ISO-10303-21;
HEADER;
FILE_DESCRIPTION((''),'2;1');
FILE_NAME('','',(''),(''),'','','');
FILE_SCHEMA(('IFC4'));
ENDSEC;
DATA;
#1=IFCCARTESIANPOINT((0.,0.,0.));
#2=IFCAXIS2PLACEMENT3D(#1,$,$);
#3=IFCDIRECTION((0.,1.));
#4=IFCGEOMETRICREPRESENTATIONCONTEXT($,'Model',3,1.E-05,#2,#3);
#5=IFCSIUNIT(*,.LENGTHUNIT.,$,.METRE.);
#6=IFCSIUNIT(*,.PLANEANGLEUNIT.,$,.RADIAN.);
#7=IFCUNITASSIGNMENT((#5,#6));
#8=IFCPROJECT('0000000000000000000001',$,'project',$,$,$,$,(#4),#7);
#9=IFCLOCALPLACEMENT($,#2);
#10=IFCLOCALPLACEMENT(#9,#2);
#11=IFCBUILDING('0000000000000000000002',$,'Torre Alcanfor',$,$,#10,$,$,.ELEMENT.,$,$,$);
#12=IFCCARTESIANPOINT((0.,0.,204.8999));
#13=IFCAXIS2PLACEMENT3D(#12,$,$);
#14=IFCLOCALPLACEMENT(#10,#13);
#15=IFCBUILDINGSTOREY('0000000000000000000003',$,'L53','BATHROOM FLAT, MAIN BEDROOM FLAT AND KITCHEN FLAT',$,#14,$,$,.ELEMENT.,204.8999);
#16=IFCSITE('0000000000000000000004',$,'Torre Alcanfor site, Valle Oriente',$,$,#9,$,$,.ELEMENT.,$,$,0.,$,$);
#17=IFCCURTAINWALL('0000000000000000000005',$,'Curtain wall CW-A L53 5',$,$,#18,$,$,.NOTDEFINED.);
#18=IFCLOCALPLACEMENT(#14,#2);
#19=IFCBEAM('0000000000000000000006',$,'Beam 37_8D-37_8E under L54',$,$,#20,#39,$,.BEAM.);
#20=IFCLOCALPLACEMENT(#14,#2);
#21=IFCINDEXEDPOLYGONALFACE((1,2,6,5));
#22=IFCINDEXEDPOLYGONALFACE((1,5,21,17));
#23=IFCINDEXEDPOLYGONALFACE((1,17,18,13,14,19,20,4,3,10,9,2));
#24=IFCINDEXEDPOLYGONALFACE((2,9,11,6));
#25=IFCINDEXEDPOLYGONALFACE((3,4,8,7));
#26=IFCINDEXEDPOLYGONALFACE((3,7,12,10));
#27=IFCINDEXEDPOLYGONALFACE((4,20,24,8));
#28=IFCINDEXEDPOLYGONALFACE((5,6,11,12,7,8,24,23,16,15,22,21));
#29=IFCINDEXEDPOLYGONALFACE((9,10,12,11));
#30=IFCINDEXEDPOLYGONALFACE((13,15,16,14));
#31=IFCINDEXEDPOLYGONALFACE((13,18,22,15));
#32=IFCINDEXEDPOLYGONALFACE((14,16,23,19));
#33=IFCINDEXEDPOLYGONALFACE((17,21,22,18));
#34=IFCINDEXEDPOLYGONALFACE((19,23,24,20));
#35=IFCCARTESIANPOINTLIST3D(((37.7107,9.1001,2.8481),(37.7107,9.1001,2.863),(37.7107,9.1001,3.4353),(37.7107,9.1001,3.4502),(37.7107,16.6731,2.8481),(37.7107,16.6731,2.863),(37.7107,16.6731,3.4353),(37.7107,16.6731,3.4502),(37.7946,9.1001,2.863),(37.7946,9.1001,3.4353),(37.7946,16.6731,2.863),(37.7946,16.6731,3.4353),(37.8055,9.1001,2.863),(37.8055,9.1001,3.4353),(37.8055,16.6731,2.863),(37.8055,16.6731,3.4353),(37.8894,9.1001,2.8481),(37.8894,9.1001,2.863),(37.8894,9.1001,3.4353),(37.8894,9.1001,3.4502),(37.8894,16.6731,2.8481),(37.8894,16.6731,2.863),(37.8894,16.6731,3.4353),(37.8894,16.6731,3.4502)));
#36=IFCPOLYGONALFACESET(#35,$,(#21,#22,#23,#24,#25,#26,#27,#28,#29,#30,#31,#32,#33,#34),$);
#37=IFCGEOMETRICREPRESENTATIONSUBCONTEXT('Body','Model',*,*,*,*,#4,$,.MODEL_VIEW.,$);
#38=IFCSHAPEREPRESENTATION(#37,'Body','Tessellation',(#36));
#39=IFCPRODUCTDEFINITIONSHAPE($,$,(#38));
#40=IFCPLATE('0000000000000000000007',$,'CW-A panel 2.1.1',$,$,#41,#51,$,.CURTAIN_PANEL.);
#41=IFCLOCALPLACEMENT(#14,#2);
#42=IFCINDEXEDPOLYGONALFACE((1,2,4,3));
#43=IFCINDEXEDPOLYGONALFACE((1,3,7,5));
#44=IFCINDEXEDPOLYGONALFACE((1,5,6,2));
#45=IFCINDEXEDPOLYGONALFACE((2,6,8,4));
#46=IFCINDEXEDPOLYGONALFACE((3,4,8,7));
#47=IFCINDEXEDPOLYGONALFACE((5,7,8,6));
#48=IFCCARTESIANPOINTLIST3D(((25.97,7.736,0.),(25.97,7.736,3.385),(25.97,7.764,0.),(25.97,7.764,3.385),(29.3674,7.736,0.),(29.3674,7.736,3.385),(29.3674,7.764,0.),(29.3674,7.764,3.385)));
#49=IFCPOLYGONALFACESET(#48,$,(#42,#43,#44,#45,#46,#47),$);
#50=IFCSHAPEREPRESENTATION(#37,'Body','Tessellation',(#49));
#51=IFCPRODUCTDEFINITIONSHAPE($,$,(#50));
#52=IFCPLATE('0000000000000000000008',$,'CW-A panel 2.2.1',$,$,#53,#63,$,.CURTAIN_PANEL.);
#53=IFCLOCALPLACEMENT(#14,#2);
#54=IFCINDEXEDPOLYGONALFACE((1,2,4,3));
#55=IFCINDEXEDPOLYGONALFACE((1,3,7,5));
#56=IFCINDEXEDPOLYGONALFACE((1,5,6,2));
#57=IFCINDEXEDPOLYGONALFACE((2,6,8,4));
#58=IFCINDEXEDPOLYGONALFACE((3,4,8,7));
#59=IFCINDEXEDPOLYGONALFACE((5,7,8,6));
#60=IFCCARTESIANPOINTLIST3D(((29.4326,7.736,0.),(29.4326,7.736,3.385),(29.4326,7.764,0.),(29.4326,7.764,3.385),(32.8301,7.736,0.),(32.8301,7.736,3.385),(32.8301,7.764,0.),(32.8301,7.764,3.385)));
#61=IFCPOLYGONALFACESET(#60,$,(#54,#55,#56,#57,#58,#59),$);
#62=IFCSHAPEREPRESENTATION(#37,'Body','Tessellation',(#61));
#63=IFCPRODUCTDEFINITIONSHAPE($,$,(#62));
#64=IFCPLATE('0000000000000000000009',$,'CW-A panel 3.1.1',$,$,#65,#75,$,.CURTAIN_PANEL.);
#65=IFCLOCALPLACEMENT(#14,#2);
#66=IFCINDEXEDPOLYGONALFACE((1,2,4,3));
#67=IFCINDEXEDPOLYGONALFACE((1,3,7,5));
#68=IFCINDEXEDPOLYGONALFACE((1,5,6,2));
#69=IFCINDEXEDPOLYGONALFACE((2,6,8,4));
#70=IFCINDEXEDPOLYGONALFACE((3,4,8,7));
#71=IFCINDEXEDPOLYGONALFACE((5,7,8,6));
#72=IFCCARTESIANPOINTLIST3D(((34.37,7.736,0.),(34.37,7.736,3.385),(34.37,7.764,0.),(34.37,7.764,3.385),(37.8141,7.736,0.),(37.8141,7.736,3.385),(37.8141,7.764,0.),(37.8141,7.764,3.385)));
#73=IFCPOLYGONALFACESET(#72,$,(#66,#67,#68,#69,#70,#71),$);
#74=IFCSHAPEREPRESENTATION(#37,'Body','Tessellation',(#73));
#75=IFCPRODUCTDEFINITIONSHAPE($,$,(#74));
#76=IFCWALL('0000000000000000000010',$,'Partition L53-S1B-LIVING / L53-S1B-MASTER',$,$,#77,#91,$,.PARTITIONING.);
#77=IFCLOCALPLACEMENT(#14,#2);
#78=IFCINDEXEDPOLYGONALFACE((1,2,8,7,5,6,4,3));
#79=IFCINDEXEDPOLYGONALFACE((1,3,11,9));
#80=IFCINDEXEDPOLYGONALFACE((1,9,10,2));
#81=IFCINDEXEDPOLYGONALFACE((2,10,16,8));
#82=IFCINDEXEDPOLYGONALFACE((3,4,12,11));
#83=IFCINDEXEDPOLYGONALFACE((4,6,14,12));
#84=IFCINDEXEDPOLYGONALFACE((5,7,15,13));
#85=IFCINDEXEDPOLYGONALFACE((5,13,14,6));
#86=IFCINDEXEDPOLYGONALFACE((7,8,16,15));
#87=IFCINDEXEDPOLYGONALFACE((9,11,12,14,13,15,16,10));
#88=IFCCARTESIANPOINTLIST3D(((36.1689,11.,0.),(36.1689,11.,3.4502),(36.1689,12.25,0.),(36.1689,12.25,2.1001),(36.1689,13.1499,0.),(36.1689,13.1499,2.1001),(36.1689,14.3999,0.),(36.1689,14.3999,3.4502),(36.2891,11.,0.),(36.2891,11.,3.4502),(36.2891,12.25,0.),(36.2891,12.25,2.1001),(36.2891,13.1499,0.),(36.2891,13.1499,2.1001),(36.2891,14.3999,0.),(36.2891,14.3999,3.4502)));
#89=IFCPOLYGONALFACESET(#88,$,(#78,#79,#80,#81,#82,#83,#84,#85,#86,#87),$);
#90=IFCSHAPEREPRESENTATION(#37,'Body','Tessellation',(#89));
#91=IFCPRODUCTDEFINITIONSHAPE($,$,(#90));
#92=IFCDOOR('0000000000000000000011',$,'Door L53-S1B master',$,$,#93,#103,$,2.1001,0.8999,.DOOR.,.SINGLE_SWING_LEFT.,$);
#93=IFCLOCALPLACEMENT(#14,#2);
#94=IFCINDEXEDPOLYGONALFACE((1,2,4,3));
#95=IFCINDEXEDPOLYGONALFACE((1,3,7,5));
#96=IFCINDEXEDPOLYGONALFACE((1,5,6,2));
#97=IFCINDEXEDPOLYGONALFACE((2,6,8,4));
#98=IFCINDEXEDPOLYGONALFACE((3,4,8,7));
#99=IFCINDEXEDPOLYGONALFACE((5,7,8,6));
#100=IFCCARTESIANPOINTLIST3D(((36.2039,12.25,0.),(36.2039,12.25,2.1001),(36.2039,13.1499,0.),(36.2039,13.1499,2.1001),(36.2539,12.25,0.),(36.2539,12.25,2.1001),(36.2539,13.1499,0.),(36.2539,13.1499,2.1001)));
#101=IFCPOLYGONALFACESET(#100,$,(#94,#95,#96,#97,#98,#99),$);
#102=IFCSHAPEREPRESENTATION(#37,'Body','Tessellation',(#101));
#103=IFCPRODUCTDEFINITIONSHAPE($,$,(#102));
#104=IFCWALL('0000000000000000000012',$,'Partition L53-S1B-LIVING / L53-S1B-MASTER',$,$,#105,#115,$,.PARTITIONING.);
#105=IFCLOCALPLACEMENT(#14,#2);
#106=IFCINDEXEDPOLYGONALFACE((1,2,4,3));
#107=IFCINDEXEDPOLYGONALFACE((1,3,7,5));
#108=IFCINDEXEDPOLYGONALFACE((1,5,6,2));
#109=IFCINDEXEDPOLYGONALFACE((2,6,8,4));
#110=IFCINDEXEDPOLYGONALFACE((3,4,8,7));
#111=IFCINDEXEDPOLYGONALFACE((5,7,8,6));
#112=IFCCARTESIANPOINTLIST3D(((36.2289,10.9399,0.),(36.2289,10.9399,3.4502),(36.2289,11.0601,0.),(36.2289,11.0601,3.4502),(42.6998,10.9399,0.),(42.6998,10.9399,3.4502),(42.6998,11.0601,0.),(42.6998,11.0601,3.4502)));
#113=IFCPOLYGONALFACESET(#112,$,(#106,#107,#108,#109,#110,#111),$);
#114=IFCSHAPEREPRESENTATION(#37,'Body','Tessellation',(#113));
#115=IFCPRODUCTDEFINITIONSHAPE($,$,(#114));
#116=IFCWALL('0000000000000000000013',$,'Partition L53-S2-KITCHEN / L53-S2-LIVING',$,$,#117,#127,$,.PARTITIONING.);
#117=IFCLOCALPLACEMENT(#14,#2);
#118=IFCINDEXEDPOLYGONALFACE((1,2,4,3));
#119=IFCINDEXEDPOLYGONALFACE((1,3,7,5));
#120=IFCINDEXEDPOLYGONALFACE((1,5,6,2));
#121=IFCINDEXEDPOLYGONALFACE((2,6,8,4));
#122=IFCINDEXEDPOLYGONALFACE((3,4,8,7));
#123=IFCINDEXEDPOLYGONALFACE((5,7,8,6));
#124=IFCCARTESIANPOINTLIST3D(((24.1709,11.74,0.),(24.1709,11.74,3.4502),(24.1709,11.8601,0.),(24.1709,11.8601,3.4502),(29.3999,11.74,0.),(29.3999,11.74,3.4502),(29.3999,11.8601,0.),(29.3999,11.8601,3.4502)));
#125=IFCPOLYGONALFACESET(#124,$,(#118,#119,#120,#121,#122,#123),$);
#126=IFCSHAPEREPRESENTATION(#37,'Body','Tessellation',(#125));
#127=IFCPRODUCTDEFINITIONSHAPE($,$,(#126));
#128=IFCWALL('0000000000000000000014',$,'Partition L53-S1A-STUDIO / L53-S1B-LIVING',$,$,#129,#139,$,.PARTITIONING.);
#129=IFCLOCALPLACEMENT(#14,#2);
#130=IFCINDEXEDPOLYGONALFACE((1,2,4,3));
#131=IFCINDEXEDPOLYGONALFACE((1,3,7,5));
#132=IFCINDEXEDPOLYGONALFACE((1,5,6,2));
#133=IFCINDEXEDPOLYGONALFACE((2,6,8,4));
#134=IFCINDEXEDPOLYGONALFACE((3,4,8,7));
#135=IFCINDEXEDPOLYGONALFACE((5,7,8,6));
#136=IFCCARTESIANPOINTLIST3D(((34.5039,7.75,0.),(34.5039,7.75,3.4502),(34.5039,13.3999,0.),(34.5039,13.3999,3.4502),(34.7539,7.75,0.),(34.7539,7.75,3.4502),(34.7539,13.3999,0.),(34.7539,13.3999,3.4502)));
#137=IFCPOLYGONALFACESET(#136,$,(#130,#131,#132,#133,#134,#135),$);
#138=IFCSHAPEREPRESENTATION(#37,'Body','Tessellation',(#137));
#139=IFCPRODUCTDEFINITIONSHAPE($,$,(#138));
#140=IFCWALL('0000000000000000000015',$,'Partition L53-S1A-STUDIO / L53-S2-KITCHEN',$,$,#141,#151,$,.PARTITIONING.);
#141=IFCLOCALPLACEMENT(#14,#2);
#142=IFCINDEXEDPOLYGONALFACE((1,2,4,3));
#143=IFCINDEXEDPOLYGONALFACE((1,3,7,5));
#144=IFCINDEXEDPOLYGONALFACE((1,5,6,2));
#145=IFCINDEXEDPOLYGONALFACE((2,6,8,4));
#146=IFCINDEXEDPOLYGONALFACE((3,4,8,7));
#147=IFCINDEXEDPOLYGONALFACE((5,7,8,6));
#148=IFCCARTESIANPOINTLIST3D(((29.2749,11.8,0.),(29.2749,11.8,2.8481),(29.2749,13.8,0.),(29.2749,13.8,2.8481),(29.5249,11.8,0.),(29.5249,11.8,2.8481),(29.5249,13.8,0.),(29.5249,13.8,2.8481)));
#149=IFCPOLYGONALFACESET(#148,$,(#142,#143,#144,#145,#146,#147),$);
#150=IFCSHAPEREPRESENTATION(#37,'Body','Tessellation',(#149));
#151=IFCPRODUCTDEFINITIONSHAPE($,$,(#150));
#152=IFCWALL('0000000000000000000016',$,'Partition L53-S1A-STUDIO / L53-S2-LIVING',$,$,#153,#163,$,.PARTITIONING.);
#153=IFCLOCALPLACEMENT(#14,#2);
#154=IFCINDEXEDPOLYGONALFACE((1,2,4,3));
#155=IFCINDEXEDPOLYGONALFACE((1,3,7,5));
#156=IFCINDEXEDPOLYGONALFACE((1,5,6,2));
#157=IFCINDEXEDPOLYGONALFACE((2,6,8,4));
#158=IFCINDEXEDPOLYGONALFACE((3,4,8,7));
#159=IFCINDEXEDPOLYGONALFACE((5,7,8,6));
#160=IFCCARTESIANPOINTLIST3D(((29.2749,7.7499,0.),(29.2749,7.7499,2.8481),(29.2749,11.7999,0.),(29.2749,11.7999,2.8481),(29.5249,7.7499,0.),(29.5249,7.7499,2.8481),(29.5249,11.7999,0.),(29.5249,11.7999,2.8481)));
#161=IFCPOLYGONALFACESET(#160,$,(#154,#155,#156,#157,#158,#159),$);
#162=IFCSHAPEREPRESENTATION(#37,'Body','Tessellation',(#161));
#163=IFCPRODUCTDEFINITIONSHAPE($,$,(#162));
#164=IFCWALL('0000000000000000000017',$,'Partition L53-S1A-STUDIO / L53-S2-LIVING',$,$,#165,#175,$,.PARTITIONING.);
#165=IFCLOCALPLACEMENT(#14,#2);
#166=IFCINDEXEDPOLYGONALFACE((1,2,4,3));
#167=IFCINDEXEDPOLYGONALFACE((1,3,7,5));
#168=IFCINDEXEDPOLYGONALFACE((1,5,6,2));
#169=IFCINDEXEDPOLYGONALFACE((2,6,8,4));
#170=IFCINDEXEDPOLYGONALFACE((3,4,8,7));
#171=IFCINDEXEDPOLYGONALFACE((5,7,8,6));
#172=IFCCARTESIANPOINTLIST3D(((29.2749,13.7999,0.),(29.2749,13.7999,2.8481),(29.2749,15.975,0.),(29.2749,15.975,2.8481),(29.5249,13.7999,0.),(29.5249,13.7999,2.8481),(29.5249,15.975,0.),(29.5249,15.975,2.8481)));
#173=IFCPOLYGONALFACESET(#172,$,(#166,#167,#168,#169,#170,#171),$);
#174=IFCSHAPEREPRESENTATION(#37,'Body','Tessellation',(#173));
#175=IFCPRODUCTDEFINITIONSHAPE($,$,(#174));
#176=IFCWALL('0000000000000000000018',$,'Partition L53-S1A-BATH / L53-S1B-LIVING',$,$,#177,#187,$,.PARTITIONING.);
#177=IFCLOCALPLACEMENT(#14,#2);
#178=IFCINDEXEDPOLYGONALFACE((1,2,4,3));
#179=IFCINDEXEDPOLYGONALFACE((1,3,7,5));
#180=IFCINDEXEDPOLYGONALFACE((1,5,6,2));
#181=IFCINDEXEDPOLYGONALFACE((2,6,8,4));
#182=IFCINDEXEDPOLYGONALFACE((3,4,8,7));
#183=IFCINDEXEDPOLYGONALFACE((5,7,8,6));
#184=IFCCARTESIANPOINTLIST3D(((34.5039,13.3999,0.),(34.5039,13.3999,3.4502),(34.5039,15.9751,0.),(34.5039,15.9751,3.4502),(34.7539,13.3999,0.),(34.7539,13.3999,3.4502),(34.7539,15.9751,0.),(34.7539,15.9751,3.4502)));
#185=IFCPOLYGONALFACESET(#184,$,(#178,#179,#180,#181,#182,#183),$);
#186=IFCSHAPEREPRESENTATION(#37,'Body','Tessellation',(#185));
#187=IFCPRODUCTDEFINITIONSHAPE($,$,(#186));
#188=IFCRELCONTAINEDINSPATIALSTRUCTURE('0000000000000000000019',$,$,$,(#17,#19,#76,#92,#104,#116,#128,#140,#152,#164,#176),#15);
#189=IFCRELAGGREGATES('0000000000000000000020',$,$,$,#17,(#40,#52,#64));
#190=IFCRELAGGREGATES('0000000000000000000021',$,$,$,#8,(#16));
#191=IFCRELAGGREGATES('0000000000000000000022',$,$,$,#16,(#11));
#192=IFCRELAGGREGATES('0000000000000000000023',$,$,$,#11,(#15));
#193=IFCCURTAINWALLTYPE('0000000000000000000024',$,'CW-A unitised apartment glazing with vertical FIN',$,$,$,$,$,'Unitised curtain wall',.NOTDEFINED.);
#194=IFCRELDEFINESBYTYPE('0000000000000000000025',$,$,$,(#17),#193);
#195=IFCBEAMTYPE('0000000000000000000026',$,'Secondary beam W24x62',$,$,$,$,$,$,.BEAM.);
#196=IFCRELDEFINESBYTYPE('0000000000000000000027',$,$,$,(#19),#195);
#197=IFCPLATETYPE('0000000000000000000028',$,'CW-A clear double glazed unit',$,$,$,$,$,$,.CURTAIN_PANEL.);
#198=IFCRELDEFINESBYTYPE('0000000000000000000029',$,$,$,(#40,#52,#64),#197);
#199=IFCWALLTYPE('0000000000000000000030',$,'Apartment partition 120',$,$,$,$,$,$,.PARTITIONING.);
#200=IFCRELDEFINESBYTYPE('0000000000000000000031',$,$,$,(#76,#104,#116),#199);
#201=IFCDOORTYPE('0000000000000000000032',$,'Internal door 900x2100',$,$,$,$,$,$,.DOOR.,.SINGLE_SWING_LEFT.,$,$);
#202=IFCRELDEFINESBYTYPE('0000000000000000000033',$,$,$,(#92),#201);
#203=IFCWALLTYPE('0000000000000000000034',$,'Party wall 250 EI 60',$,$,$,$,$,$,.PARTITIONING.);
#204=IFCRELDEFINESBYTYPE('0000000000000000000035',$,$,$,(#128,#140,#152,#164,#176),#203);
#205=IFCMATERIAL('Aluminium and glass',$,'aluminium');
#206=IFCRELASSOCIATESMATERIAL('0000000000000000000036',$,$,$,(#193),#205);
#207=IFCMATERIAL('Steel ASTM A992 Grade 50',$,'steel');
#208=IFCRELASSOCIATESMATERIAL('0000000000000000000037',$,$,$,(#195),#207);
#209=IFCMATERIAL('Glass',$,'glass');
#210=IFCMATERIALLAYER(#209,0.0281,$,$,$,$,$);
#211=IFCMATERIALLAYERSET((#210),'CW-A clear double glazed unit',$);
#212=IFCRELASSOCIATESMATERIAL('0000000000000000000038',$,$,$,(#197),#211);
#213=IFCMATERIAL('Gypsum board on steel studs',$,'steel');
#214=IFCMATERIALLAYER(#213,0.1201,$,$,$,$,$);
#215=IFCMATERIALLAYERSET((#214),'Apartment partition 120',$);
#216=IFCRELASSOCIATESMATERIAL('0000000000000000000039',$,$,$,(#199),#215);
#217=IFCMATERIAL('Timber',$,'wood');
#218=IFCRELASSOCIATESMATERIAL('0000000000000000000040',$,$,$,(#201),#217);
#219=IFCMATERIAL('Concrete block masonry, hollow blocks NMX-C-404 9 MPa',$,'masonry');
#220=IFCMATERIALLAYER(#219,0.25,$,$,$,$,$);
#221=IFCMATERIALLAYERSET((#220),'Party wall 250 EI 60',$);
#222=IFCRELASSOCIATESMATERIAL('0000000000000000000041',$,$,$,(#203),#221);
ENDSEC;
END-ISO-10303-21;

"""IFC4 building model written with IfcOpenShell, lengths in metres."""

from ifc_helpers import new_model, si_unit, direction, frame, frame_2d, origin, origin_2d, place, context, subcontext, project, spatial, rectangle, i_section, extrude, material, layer, layer_set, material_profile, profile_set, type_object, element, fill, aggregate, save


model = new_model("IFC4")

# Units and contexts
model_context = context("Model", 3, precision=1e-05, world=origin(), true_north=direction((0.0, 1.0)))
body_context = subcontext(model_context, "Body", "Model", "MODEL_VIEW")
ifc_project = project(units=[si_unit("LENGTHUNIT", "METRE"), si_unit("PLANEANGLEUNIT", "RADIAN")], contexts=[model_context])

# Site, building, storey
site_placement = place(None, origin())
site = spatial("IfcSite", under=ifc_project, at=site_placement, Name="Torre Alcanfor site, Valle Oriente", CompositionType="ELEMENT", RefElevation=0.0)
building_placement = place(site_placement, origin())
building = spatial("IfcBuilding", under=site, at=building_placement, Name="Torre Alcanfor", CompositionType="ELEMENT")
storey_placement = place(building_placement, frame((0.0, 0.0, 204.8999)))
storey = spatial("IfcBuildingStorey", under=building, at=storey_placement, Name="L53", Description="BATHROOM FLAT, MAIN BEDROOM FLAT AND KITCHEN FLAT", CompositionType="ELEMENT", Elevation=204.8999)

# Curtain wall
ifc_material_1 = material(Name="Aluminium and glass", Category="aluminium")
curtain_wall_type = type_object("IfcCurtainWallType", Name="CW-A unitised apartment glazing with vertical FIN", ElementType="Unitised curtain wall", PredefinedType="NOTDEFINED", material=ifc_material_1)
curtain_wall_placement = place(storey_placement, origin())
curtain_wall = element("IfcCurtainWall", 1, at=curtain_wall_placement, inside=storey, type_object=curtain_wall_type, Name="Curtain wall CW-A L53 5", PredefinedType="NOTDEFINED")

# Beam
ifc_material_2 = material(Name="Steel ASTM A992 Grade 50", Category="steel")
ifc_material_profile_1 = material_profile(ifc_material_2, i_section(OverallWidth=0.1787, OverallDepth=0.6021, WebThickness=0.011, FlangeThickness=0.0149, at=origin_2d()), Name="W24x62")
ifc_profile_set_1 = profile_set([ifc_material_profile_1], Name="Steel ASTM A992 Grade 50")
beam_type_1 = type_object("IfcBeamType", Name="Secondary beam W24x62", PredefinedType="BEAM", material=ifc_profile_set_1)
for number, where, z_axis, x_axis, name in (
    (2, (37.8, 9.1001, 3.1492), (0.0, 1.0, 0.0), (-1.0, 0.0, 0.0), "Beam 37_8D-37_8E under L54"),
):
    element("IfcBeam", number, at=place(storey_placement, frame(where, z_axis=z_axis, x_axis=x_axis)), inside=storey, type_object=beam_type_1, Name=name, PredefinedType="BEAM", context=body_context, shape_type="SweptSolid", body=[
        extrude(i_section(OverallWidth=0.1787, OverallDepth=0.6021, WebThickness=0.011, FlangeThickness=0.0149, at=origin_2d()), origin(), (0.0, 0.0, 1.0), 7.573),
    ])

# Plates
ifc_material_3 = material(Name="Glass", Category="glass")
ifc_layer_1 = layer(ifc_material_3, 0.0281)
ifc_layer_set_1 = layer_set([ifc_layer_1], Name="CW-A clear double glazed unit")
plate_type = type_object("IfcPlateType", Name="CW-A clear double glazed unit", PredefinedType="CURTAIN_PANEL", material=ifc_layer_set_1)
plate_1_placement = place(storey_placement, frame((27.6687, 7.75, 0.0), z_axis=(0.0, 0.0, 1.0), x_axis=(1.0, 0.0, 0.0)))
plate_1 = element("IfcPlate", 3, at=plate_1_placement, type_object=plate_type, Name="CW-A panel 2.1.1", PredefinedType="CURTAIN_PANEL", context=body_context, shape_type="SweptSolid", body=[
    extrude(rectangle(XDim=3.3975, YDim=0.0281, at=origin_2d()), origin(), (0.0, 0.0, 1.0), 3.385),
])
plate_2_placement = place(storey_placement, frame((31.1313, 7.75, 0.0), z_axis=(0.0, 0.0, 1.0), x_axis=(1.0, 0.0, 0.0)))
plate_2 = element("IfcPlate", 4, at=plate_2_placement, type_object=plate_type, Name="CW-A panel 2.2.1", PredefinedType="CURTAIN_PANEL", context=body_context, shape_type="SweptSolid", body=[
    extrude(rectangle(XDim=3.3975, YDim=0.0281, at=origin_2d()), origin(), (0.0, 0.0, 1.0), 3.385),
])
plate_3_placement = place(storey_placement, frame((36.092, 7.75, 0.0), z_axis=(0.0, 0.0, 1.0), x_axis=(1.0, 0.0, 0.0)))
plate_3 = element("IfcPlate", 5, at=plate_3_placement, type_object=plate_type, Name="CW-A panel 3.1.1", PredefinedType="CURTAIN_PANEL", context=body_context, shape_type="SweptSolid", body=[
    extrude(rectangle(XDim=3.4441, YDim=0.0281, at=origin_2d()), origin(), (0.0, 0.0, 1.0), 3.385),
])
aggregate(curtain_wall, [plate_1, plate_2, plate_3])

# Wall, opening, door
ifc_material_4 = material(Name="Gypsum board on steel studs", Category="steel")
ifc_layer_2 = layer(ifc_material_4, 0.1201)
ifc_layer_set_2 = layer_set([ifc_layer_2], Name="Apartment partition 120")
wall_type_1 = type_object("IfcWallType", Name="Apartment partition 120", PredefinedType="PARTITIONING", material=ifc_layer_set_2)
wall_1_placement = place(storey_placement, frame((36.229, 14.3999, 0.0), z_axis=(0.0, 0.0, 1.0), x_axis=(0.0, -1.0, 0.0)))
wall_1 = element("IfcWall", 6, at=wall_1_placement, inside=storey, type_object=wall_type_1, Name="Partition L53-S1B-LIVING / L53-S1B-MASTER", PredefinedType="PARTITIONING", context=body_context, shape_type="SweptSolid", body=[
    extrude(rectangle(XDim=3.3999, YDim=0.1201, at=frame_2d((1.7, 0.0))), origin(), (0.0, 0.0, 1.0), 3.4502),
])
opening_placement = place(wall_1_placement, frame((1.25, 0.0, 0.0)))
opening = element("IfcOpeningElement", 7, at=opening_placement, cuts=wall_1, PredefinedType="OPENING", context=body_context, shape_type="SweptSolid", body=[
    extrude(rectangle(XDim=0.8999, YDim=2.1001, at=frame_2d((0.45, 1.05))), frame((0.0, 0.0701, 0.0), z_axis=(0.0, -1.0, 0.0), x_axis=(1.0, 0.0, 0.0)), (0.0, 0.0, 1.0), 0.1401),
])
ifc_material_5 = material(Name="Timber", Category="wood")
door_type = type_object("IfcDoorType", Name="Internal door 900x2100", OperationType="SINGLE_SWING_LEFT", PredefinedType="DOOR", material=ifc_material_5)
door_placement = place(opening_placement, origin())
door = element("IfcDoor", 8, at=door_placement, inside=storey, type_object=door_type, Name="Door L53-S1B master", OperationType="SINGLE_SWING_LEFT", OverallHeight=2.1001, OverallWidth=0.8999, PredefinedType="DOOR", context=body_context, shape_type="SweptSolid", body=[
    extrude(rectangle(XDim=0.8999, YDim=2.1001, at=frame_2d((0.45, 1.05))), frame((0.0, 0.0249, 0.0), z_axis=(0.0, -1.0, 0.0), x_axis=(1.0, 0.0, 0.0)), (0.0, 0.0, 1.0), 0.05),
])
fill(opening, door)

# Walls
wall_2_placement = place(storey_placement, frame((36.229, 11.0, 0.0), z_axis=(0.0, 0.0, 1.0), x_axis=(1.0, 0.0, 0.0)))
element("IfcWall", 9, at=wall_2_placement, inside=storey, type_object=wall_type_1, Name="Partition L53-S1B-LIVING / L53-S1B-MASTER", PredefinedType="PARTITIONING", context=body_context, shape_type="SweptSolid", body=[
    extrude(rectangle(XDim=6.4709, YDim=0.1201, at=frame_2d((3.2354, 0.0))), origin(), (0.0, 0.0, 1.0), 3.4502),
])
wall_3_placement = place(storey_placement, frame((29.3999, 11.8, 0.0), z_axis=(0.0, 0.0, 1.0), x_axis=(-1.0, 0.0, 0.0)))
element("IfcWall", 10, at=wall_3_placement, inside=storey, type_object=wall_type_1, Name="Partition L53-S2-KITCHEN / L53-S2-LIVING", PredefinedType="PARTITIONING", context=body_context, shape_type="SweptSolid", body=[
    extrude(rectangle(XDim=5.229, YDim=0.1201, at=frame_2d((2.6145, 0.0))), origin(), (0.0, 0.0, 1.0), 3.4502),
])
ifc_material_6 = material(Name="Concrete block masonry, hollow blocks NMX-C-404 9 MPa", Category="masonry")
ifc_layer_3 = layer(ifc_material_6, 0.25)
ifc_layer_set_3 = layer_set([ifc_layer_3], Name="Party wall 250 EI 60")
wall_type_2 = type_object("IfcWallType", Name="Party wall 250 EI 60", PredefinedType="PARTITIONING", material=ifc_layer_set_3)
wall_4_placement = place(storey_placement, frame((34.6289, 13.3999, 0.0), z_axis=(0.0, 0.0, 1.0), x_axis=(0.0, -1.0, 0.0)))
element("IfcWall", 11, at=wall_4_placement, inside=storey, type_object=wall_type_2, Name="Partition L53-S1A-STUDIO / L53-S1B-LIVING", PredefinedType="PARTITIONING", context=body_context, shape_type="SweptSolid", body=[
    extrude(rectangle(XDim=5.6499, YDim=0.25, at=frame_2d((2.825, 0.0))), origin(), (0.0, 0.0, 1.0), 3.4502),
])
wall_5_placement = place(storey_placement, frame((29.3999, 11.8, 0.0), z_axis=(0.0, 0.0, 1.0), x_axis=(0.0, 1.0, 0.0)))
element("IfcWall", 12, at=wall_5_placement, inside=storey, type_object=wall_type_2, Name="Partition L53-S1A-STUDIO / L53-S2-KITCHEN", PredefinedType="PARTITIONING", context=body_context, shape_type="SweptSolid", body=[
    extrude(rectangle(XDim=2.0, YDim=0.25, at=frame_2d((1.0, 0.0))), origin(), (0.0, 0.0, 1.0), 2.8481),
])
wall_6_placement = place(storey_placement, frame((29.3999, 7.75, 0.0), z_axis=(0.0, 0.0, 1.0), x_axis=(0.0, 1.0, 0.0)))
element("IfcWall", 13, at=wall_6_placement, inside=storey, type_object=wall_type_2, Name="Partition L53-S1A-STUDIO / L53-S2-LIVING", PredefinedType="PARTITIONING", context=body_context, shape_type="SweptSolid", body=[
    extrude(rectangle(XDim=4.05, YDim=0.25, at=frame_2d((2.0249, 0.0))), origin(), (0.0, 0.0, 1.0), 2.8481),
])
wall_7_placement = place(storey_placement, frame((29.3999, 13.8, 0.0), z_axis=(0.0, 0.0, 1.0), x_axis=(0.0, 1.0, 0.0)))
element("IfcWall", 14, at=wall_7_placement, inside=storey, type_object=wall_type_2, Name="Partition L53-S1A-STUDIO / L53-S2-LIVING", PredefinedType="PARTITIONING", context=body_context, shape_type="SweptSolid", body=[
    extrude(rectangle(XDim=2.175, YDim=0.25, at=frame_2d((1.0874, 0.0))), origin(), (0.0, 0.0, 1.0), 2.8481),
])
wall_8_placement = place(storey_placement, frame((34.6289, 13.3999, 0.0), z_axis=(0.0, 0.0, 1.0), x_axis=(0.0, 1.0, 0.0)))
element("IfcWall", 15, at=wall_8_placement, inside=storey, type_object=wall_type_2, Name="Partition L53-S1A-BATH / L53-S1B-LIVING", PredefinedType="PARTITIONING", context=body_context, shape_type="SweptSolid", body=[
    extrude(rectangle(XDim=2.5752, YDim=0.25, at=frame_2d((1.2876, 0.0))), origin(), (0.0, 0.0, 1.0), 3.4502),
])

save(model, "model.ifc")
